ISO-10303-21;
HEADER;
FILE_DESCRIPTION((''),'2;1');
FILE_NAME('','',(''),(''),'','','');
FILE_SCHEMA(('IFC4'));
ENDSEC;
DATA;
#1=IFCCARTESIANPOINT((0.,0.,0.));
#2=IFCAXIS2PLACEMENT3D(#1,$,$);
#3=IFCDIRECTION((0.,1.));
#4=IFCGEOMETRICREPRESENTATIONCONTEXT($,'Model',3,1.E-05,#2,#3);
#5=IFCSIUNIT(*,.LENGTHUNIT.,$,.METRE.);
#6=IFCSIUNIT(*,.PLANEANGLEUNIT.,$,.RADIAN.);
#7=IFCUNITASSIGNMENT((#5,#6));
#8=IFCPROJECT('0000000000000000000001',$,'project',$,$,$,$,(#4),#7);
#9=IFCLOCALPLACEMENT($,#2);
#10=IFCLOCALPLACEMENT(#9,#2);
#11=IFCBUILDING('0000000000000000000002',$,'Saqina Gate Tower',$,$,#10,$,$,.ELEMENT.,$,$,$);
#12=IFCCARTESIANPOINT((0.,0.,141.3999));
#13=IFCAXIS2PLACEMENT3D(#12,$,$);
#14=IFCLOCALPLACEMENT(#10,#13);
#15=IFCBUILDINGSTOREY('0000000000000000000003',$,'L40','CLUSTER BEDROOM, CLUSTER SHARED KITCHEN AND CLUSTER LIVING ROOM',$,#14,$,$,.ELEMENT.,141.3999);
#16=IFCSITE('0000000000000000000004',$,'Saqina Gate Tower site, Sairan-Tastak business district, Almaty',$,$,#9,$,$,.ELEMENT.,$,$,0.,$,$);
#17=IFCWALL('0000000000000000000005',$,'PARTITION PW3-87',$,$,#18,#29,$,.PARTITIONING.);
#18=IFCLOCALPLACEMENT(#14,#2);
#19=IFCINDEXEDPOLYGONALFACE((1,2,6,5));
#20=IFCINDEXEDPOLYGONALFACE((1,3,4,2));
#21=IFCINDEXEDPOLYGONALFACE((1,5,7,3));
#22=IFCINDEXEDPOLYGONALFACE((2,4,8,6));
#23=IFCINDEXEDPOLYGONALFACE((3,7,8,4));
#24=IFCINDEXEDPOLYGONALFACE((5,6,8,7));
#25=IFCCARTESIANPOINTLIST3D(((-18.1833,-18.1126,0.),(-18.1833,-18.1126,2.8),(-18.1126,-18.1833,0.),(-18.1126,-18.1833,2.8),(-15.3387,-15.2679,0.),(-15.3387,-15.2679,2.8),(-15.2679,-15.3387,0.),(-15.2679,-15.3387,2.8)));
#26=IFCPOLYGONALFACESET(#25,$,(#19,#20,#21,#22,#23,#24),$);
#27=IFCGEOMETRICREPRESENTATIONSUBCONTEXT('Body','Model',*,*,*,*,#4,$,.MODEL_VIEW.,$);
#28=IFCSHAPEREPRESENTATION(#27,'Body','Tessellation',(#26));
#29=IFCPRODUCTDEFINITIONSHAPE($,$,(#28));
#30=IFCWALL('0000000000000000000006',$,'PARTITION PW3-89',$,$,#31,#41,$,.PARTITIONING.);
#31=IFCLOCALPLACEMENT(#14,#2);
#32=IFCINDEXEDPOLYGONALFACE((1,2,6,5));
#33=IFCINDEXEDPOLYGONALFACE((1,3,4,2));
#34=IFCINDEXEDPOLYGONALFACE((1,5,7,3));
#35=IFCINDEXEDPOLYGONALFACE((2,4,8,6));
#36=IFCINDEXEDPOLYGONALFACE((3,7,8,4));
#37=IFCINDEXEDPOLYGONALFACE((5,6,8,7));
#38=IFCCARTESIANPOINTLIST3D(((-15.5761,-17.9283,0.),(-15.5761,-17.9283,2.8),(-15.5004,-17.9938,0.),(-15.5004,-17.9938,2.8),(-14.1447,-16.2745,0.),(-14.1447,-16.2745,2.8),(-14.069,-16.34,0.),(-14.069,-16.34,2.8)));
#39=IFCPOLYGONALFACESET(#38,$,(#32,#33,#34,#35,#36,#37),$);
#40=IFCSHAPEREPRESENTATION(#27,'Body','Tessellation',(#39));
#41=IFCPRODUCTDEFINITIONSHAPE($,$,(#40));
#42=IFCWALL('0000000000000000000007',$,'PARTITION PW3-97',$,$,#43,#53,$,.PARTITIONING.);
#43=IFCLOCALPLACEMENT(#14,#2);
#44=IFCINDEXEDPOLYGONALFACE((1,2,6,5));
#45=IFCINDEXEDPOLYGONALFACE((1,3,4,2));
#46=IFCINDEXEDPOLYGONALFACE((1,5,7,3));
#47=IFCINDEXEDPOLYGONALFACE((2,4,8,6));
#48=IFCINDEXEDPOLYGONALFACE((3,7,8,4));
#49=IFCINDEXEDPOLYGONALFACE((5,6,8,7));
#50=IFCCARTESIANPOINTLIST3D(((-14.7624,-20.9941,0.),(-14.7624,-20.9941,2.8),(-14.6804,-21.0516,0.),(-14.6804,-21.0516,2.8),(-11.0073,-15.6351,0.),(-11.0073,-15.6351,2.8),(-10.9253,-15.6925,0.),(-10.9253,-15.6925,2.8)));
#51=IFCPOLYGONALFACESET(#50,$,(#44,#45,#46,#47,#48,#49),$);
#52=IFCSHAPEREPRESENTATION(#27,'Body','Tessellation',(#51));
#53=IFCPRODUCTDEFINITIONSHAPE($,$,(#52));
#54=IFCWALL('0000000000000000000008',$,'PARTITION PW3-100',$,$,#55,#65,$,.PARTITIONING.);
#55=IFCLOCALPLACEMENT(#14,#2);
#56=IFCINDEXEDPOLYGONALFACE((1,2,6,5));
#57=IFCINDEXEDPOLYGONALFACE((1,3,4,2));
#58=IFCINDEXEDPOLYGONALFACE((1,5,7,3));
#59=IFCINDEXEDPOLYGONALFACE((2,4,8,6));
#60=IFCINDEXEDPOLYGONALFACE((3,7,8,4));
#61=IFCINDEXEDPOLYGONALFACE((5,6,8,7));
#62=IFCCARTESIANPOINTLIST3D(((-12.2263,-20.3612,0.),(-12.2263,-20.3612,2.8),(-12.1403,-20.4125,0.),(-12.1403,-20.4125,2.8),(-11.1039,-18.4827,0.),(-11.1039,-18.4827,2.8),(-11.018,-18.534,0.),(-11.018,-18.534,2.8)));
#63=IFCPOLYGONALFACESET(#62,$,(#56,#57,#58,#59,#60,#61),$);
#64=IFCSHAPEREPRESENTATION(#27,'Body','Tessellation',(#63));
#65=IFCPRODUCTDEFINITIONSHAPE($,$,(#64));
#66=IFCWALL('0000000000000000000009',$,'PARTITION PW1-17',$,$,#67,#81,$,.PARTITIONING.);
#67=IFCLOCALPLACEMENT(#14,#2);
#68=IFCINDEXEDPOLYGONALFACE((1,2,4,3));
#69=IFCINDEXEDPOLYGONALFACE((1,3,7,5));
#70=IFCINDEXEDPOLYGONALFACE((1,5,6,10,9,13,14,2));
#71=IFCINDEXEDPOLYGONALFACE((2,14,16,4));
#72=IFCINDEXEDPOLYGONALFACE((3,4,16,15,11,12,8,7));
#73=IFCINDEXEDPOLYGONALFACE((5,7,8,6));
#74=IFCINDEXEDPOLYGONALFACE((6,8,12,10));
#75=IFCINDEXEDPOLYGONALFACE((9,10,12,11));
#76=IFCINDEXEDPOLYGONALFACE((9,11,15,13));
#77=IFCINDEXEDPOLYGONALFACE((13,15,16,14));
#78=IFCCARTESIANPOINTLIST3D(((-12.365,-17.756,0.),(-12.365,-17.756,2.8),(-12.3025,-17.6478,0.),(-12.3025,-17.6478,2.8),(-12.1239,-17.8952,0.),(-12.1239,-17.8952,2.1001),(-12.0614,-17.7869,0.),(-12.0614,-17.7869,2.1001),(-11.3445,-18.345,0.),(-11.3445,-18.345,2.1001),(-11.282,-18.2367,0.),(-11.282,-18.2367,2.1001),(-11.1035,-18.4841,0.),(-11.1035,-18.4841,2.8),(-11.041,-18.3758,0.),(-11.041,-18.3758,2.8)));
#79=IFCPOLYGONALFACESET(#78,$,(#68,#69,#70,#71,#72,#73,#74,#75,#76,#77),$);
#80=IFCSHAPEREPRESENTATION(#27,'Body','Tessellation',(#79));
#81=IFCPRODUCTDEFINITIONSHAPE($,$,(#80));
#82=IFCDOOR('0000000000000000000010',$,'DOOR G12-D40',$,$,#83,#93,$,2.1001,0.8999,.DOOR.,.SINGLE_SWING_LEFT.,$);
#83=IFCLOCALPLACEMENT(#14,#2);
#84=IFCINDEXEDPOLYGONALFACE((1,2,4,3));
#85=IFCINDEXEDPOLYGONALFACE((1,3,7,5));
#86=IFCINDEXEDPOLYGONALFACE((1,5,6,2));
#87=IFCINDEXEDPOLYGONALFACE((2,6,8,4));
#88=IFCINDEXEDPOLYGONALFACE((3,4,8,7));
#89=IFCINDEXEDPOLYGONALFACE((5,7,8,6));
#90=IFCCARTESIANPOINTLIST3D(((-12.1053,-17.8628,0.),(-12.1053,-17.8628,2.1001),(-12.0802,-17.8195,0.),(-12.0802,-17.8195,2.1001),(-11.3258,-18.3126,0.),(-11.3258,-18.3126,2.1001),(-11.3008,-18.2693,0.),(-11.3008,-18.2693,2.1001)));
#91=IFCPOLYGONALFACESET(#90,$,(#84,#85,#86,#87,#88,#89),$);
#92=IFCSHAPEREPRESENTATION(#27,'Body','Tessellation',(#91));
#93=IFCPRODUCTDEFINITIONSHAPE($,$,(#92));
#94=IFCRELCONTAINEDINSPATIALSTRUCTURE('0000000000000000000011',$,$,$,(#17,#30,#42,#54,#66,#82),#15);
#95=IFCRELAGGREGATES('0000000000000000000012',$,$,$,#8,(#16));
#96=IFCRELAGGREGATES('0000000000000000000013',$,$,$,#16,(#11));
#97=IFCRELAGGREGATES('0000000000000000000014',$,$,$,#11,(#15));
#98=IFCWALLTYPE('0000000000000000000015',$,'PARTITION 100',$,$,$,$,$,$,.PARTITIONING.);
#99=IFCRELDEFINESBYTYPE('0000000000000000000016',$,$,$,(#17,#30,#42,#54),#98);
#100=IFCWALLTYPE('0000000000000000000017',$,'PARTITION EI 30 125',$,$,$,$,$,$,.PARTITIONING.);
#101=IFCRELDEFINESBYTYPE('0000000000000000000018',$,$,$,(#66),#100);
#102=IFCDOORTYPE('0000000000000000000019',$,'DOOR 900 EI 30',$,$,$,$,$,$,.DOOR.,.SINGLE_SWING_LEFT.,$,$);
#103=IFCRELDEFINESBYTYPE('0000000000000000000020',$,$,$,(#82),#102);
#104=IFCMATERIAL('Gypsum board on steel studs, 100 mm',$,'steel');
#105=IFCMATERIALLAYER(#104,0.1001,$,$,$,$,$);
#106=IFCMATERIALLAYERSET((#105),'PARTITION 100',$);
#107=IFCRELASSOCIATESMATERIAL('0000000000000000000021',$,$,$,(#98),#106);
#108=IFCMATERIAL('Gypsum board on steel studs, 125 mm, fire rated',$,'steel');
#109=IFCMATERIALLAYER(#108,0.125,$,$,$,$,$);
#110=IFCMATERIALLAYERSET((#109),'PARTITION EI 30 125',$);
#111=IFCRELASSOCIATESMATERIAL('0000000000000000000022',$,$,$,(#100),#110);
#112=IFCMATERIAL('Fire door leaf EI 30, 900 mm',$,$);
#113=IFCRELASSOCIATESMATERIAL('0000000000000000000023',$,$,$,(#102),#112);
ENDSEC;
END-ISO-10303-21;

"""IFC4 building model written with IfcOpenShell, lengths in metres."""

from ifc_helpers import new_model, si_unit, direction, frame, frame_2d, origin, place, context, subcontext, project, spatial, rectangle, extrude, material, layer, layer_set, type_object, element, fill, save


model = new_model("IFC4")

# Units and contexts
model_context = context("Model", 3, precision=1e-05, world=origin(), true_north=direction((0.0, 1.0)))
body_context = subcontext(model_context, "Body", "Model", "MODEL_VIEW")
ifc_project = project(units=[si_unit("LENGTHUNIT", "METRE"), si_unit("PLANEANGLEUNIT", "RADIAN")], contexts=[model_context])

# Site, building, storey
site_placement = place(None, origin())
site = spatial("IfcSite", under=ifc_project, at=site_placement, Name="Saqina Gate Tower site, Sairan-Tastak business district, Almaty", CompositionType="ELEMENT", RefElevation=0.0)
building_placement = place(site_placement, origin())
building = spatial("IfcBuilding", under=site, at=building_placement, Name="Saqina Gate Tower", CompositionType="ELEMENT")
storey_placement = place(building_placement, frame((0.0, 0.0, 141.3999)))
storey = spatial("IfcBuildingStorey", under=building, at=storey_placement, Name="L40", Description="CLUSTER BEDROOM, CLUSTER SHARED KITCHEN AND CLUSTER LIVING ROOM", CompositionType="ELEMENT", Elevation=141.3999)

# Shared definitions
ifc_material_1 = material(Name="Gypsum board on steel studs, 100 mm", Category="steel")
ifc_layer_1 = layer(ifc_material_1, 0.1001)
ifc_layer_set_1 = layer_set([ifc_layer_1], Name="PARTITION 100")
wall_type_1 = type_object("IfcWallType", Name="PARTITION 100", PredefinedType="PARTITIONING", material=ifc_layer_set_1)

# Walls
wall_1_placement = place(storey_placement, frame((-18.1479, -18.1479, 0.0), z_axis=(0.0, 0.0, 1.0), x_axis=(0.707107, 0.707107, 0.0)))
element("IfcWall", 1, at=wall_1_placement, inside=storey, type_object=wall_type_1, Name="PARTITION PW3-87", PredefinedType="PARTITIONING", context=body_context, shape_type="SweptSolid", body=[
    extrude(rectangle(XDim=4.0229, YDim=0.1001, at=frame_2d((2.0115, 0.0))), origin(), (0.0, 0.0, 1.0), 2.8),
])
wall_2_placement = place(storey_placement, frame((-15.5383, -17.9612, 0.0), z_axis=(0.0, 0.0, 1.0), x_axis=(0.654433, 0.75612, 0.0)))
element("IfcWall", 2, at=wall_2_placement, inside=storey, type_object=wall_type_1, Name="PARTITION PW3-89", PredefinedType="PARTITIONING", context=body_context, shape_type="SweptSolid", body=[
    extrude(rectangle(XDim=2.1873, YDim=0.1001, at=frame_2d((1.0938, 0.0))), origin(), (0.0, 0.0, 1.0), 2.8),
])
wall_3_placement = place(storey_placement, frame((-14.7214, -21.0229, 0.0), z_axis=(0.0, 0.0, 1.0), x_axis=(0.573845, 0.818964, 0.0)))
element("IfcWall", 3, at=wall_3_placement, inside=storey, type_object=wall_type_1, Name="PARTITION PW3-97", PredefinedType="PARTITIONING", context=body_context, shape_type="SweptSolid", body=[
    extrude(rectangle(XDim=6.5437, YDim=0.1001, at=frame_2d((3.272, 0.0))), origin(), (0.0, 0.0, 1.0), 2.8),
])
wall_4_placement = place(storey_placement, frame((-12.1833, -20.387, 0.0), z_axis=(0.0, 0.0, 1.0), x_axis=(0.512903, 0.858446, 0.0)))
element("IfcWall", 4, at=wall_4_placement, inside=storey, type_object=wall_type_1, Name="PARTITION PW3-100", PredefinedType="PARTITIONING", context=body_context, shape_type="SweptSolid", body=[
    extrude(rectangle(XDim=2.1882, YDim=0.1001, at=frame_2d((1.0942, 0.0))), origin(), (0.0, 0.0, 1.0), 2.8),
])

# Wall, opening, door
ifc_material_2 = material(Name="Gypsum board on steel studs, 125 mm, fire rated", Category="steel")
ifc_layer_2 = layer(ifc_material_2, 0.125)
ifc_layer_set_2 = layer_set([ifc_layer_2], Name="PARTITION EI 30 125")
wall_type_2 = type_object("IfcWallType", Name="PARTITION EI 30 125", PredefinedType="PARTITIONING", material=ifc_layer_set_2)
wall_5_placement = place(storey_placement, frame((-12.3337, -17.7019, 0.0), z_axis=(0.0, 0.0, 1.0), x_axis=(0.86611, -0.499853, 0.0)))
wall_5 = element("IfcWall", 5, at=wall_5_placement, inside=storey, type_object=wall_type_2, Name="PARTITION PW1-17", PredefinedType="PARTITIONING", context=body_context, shape_type="SweptSolid", body=[
    extrude(rectangle(XDim=1.4565, YDim=0.125, at=frame_2d((0.7283, 0.0))), origin(), (0.0, 0.0, 1.0), 2.8),
])
opening_1_placement = place(wall_5_placement, frame((0.2783, 0.0, 0.0)))
opening_1 = element("IfcOpeningElement", 6, at=opening_1_placement, cuts=wall_5, PredefinedType="OPENING", context=body_context, shape_type="SweptSolid", body=[
    extrude(rectangle(XDim=0.8999, YDim=2.1001, at=frame_2d((0.45, 1.05))), frame((0.0, 0.0745, 0.0), z_axis=(0.0, -1.0, 0.0), x_axis=(1.0, 0.0, 0.0)), (0.0, 0.0, 1.0), 0.1489),
])
ifc_material_3 = material(Name="Fire door leaf EI 30, 900 mm")
door_type_1 = type_object("IfcDoorType", Name="DOOR 900 EI 30", OperationType="SINGLE_SWING_LEFT", PredefinedType="DOOR", material=ifc_material_3)
door_1_placement = place(opening_1_placement, origin())
door_1 = element("IfcDoor", 7, at=door_1_placement, inside=storey, type_object=door_type_1, Name="DOOR G12-D40", OperationType="SINGLE_SWING_LEFT", OverallHeight=2.1001, OverallWidth=0.8999, PredefinedType="DOOR", context=body_context, shape_type="SweptSolid", body=[
    extrude(rectangle(XDim=0.8999, YDim=2.1001, at=frame_2d((0.45, 1.05))), frame((0.0, 0.0249, 0.0), z_axis=(0.0, -1.0, 0.0), x_axis=(1.0, 0.0, 0.0)), (0.0, 0.0, 1.0), 0.05),
])
fill(opening_1, door_1)

save(model, "model.ifc")
